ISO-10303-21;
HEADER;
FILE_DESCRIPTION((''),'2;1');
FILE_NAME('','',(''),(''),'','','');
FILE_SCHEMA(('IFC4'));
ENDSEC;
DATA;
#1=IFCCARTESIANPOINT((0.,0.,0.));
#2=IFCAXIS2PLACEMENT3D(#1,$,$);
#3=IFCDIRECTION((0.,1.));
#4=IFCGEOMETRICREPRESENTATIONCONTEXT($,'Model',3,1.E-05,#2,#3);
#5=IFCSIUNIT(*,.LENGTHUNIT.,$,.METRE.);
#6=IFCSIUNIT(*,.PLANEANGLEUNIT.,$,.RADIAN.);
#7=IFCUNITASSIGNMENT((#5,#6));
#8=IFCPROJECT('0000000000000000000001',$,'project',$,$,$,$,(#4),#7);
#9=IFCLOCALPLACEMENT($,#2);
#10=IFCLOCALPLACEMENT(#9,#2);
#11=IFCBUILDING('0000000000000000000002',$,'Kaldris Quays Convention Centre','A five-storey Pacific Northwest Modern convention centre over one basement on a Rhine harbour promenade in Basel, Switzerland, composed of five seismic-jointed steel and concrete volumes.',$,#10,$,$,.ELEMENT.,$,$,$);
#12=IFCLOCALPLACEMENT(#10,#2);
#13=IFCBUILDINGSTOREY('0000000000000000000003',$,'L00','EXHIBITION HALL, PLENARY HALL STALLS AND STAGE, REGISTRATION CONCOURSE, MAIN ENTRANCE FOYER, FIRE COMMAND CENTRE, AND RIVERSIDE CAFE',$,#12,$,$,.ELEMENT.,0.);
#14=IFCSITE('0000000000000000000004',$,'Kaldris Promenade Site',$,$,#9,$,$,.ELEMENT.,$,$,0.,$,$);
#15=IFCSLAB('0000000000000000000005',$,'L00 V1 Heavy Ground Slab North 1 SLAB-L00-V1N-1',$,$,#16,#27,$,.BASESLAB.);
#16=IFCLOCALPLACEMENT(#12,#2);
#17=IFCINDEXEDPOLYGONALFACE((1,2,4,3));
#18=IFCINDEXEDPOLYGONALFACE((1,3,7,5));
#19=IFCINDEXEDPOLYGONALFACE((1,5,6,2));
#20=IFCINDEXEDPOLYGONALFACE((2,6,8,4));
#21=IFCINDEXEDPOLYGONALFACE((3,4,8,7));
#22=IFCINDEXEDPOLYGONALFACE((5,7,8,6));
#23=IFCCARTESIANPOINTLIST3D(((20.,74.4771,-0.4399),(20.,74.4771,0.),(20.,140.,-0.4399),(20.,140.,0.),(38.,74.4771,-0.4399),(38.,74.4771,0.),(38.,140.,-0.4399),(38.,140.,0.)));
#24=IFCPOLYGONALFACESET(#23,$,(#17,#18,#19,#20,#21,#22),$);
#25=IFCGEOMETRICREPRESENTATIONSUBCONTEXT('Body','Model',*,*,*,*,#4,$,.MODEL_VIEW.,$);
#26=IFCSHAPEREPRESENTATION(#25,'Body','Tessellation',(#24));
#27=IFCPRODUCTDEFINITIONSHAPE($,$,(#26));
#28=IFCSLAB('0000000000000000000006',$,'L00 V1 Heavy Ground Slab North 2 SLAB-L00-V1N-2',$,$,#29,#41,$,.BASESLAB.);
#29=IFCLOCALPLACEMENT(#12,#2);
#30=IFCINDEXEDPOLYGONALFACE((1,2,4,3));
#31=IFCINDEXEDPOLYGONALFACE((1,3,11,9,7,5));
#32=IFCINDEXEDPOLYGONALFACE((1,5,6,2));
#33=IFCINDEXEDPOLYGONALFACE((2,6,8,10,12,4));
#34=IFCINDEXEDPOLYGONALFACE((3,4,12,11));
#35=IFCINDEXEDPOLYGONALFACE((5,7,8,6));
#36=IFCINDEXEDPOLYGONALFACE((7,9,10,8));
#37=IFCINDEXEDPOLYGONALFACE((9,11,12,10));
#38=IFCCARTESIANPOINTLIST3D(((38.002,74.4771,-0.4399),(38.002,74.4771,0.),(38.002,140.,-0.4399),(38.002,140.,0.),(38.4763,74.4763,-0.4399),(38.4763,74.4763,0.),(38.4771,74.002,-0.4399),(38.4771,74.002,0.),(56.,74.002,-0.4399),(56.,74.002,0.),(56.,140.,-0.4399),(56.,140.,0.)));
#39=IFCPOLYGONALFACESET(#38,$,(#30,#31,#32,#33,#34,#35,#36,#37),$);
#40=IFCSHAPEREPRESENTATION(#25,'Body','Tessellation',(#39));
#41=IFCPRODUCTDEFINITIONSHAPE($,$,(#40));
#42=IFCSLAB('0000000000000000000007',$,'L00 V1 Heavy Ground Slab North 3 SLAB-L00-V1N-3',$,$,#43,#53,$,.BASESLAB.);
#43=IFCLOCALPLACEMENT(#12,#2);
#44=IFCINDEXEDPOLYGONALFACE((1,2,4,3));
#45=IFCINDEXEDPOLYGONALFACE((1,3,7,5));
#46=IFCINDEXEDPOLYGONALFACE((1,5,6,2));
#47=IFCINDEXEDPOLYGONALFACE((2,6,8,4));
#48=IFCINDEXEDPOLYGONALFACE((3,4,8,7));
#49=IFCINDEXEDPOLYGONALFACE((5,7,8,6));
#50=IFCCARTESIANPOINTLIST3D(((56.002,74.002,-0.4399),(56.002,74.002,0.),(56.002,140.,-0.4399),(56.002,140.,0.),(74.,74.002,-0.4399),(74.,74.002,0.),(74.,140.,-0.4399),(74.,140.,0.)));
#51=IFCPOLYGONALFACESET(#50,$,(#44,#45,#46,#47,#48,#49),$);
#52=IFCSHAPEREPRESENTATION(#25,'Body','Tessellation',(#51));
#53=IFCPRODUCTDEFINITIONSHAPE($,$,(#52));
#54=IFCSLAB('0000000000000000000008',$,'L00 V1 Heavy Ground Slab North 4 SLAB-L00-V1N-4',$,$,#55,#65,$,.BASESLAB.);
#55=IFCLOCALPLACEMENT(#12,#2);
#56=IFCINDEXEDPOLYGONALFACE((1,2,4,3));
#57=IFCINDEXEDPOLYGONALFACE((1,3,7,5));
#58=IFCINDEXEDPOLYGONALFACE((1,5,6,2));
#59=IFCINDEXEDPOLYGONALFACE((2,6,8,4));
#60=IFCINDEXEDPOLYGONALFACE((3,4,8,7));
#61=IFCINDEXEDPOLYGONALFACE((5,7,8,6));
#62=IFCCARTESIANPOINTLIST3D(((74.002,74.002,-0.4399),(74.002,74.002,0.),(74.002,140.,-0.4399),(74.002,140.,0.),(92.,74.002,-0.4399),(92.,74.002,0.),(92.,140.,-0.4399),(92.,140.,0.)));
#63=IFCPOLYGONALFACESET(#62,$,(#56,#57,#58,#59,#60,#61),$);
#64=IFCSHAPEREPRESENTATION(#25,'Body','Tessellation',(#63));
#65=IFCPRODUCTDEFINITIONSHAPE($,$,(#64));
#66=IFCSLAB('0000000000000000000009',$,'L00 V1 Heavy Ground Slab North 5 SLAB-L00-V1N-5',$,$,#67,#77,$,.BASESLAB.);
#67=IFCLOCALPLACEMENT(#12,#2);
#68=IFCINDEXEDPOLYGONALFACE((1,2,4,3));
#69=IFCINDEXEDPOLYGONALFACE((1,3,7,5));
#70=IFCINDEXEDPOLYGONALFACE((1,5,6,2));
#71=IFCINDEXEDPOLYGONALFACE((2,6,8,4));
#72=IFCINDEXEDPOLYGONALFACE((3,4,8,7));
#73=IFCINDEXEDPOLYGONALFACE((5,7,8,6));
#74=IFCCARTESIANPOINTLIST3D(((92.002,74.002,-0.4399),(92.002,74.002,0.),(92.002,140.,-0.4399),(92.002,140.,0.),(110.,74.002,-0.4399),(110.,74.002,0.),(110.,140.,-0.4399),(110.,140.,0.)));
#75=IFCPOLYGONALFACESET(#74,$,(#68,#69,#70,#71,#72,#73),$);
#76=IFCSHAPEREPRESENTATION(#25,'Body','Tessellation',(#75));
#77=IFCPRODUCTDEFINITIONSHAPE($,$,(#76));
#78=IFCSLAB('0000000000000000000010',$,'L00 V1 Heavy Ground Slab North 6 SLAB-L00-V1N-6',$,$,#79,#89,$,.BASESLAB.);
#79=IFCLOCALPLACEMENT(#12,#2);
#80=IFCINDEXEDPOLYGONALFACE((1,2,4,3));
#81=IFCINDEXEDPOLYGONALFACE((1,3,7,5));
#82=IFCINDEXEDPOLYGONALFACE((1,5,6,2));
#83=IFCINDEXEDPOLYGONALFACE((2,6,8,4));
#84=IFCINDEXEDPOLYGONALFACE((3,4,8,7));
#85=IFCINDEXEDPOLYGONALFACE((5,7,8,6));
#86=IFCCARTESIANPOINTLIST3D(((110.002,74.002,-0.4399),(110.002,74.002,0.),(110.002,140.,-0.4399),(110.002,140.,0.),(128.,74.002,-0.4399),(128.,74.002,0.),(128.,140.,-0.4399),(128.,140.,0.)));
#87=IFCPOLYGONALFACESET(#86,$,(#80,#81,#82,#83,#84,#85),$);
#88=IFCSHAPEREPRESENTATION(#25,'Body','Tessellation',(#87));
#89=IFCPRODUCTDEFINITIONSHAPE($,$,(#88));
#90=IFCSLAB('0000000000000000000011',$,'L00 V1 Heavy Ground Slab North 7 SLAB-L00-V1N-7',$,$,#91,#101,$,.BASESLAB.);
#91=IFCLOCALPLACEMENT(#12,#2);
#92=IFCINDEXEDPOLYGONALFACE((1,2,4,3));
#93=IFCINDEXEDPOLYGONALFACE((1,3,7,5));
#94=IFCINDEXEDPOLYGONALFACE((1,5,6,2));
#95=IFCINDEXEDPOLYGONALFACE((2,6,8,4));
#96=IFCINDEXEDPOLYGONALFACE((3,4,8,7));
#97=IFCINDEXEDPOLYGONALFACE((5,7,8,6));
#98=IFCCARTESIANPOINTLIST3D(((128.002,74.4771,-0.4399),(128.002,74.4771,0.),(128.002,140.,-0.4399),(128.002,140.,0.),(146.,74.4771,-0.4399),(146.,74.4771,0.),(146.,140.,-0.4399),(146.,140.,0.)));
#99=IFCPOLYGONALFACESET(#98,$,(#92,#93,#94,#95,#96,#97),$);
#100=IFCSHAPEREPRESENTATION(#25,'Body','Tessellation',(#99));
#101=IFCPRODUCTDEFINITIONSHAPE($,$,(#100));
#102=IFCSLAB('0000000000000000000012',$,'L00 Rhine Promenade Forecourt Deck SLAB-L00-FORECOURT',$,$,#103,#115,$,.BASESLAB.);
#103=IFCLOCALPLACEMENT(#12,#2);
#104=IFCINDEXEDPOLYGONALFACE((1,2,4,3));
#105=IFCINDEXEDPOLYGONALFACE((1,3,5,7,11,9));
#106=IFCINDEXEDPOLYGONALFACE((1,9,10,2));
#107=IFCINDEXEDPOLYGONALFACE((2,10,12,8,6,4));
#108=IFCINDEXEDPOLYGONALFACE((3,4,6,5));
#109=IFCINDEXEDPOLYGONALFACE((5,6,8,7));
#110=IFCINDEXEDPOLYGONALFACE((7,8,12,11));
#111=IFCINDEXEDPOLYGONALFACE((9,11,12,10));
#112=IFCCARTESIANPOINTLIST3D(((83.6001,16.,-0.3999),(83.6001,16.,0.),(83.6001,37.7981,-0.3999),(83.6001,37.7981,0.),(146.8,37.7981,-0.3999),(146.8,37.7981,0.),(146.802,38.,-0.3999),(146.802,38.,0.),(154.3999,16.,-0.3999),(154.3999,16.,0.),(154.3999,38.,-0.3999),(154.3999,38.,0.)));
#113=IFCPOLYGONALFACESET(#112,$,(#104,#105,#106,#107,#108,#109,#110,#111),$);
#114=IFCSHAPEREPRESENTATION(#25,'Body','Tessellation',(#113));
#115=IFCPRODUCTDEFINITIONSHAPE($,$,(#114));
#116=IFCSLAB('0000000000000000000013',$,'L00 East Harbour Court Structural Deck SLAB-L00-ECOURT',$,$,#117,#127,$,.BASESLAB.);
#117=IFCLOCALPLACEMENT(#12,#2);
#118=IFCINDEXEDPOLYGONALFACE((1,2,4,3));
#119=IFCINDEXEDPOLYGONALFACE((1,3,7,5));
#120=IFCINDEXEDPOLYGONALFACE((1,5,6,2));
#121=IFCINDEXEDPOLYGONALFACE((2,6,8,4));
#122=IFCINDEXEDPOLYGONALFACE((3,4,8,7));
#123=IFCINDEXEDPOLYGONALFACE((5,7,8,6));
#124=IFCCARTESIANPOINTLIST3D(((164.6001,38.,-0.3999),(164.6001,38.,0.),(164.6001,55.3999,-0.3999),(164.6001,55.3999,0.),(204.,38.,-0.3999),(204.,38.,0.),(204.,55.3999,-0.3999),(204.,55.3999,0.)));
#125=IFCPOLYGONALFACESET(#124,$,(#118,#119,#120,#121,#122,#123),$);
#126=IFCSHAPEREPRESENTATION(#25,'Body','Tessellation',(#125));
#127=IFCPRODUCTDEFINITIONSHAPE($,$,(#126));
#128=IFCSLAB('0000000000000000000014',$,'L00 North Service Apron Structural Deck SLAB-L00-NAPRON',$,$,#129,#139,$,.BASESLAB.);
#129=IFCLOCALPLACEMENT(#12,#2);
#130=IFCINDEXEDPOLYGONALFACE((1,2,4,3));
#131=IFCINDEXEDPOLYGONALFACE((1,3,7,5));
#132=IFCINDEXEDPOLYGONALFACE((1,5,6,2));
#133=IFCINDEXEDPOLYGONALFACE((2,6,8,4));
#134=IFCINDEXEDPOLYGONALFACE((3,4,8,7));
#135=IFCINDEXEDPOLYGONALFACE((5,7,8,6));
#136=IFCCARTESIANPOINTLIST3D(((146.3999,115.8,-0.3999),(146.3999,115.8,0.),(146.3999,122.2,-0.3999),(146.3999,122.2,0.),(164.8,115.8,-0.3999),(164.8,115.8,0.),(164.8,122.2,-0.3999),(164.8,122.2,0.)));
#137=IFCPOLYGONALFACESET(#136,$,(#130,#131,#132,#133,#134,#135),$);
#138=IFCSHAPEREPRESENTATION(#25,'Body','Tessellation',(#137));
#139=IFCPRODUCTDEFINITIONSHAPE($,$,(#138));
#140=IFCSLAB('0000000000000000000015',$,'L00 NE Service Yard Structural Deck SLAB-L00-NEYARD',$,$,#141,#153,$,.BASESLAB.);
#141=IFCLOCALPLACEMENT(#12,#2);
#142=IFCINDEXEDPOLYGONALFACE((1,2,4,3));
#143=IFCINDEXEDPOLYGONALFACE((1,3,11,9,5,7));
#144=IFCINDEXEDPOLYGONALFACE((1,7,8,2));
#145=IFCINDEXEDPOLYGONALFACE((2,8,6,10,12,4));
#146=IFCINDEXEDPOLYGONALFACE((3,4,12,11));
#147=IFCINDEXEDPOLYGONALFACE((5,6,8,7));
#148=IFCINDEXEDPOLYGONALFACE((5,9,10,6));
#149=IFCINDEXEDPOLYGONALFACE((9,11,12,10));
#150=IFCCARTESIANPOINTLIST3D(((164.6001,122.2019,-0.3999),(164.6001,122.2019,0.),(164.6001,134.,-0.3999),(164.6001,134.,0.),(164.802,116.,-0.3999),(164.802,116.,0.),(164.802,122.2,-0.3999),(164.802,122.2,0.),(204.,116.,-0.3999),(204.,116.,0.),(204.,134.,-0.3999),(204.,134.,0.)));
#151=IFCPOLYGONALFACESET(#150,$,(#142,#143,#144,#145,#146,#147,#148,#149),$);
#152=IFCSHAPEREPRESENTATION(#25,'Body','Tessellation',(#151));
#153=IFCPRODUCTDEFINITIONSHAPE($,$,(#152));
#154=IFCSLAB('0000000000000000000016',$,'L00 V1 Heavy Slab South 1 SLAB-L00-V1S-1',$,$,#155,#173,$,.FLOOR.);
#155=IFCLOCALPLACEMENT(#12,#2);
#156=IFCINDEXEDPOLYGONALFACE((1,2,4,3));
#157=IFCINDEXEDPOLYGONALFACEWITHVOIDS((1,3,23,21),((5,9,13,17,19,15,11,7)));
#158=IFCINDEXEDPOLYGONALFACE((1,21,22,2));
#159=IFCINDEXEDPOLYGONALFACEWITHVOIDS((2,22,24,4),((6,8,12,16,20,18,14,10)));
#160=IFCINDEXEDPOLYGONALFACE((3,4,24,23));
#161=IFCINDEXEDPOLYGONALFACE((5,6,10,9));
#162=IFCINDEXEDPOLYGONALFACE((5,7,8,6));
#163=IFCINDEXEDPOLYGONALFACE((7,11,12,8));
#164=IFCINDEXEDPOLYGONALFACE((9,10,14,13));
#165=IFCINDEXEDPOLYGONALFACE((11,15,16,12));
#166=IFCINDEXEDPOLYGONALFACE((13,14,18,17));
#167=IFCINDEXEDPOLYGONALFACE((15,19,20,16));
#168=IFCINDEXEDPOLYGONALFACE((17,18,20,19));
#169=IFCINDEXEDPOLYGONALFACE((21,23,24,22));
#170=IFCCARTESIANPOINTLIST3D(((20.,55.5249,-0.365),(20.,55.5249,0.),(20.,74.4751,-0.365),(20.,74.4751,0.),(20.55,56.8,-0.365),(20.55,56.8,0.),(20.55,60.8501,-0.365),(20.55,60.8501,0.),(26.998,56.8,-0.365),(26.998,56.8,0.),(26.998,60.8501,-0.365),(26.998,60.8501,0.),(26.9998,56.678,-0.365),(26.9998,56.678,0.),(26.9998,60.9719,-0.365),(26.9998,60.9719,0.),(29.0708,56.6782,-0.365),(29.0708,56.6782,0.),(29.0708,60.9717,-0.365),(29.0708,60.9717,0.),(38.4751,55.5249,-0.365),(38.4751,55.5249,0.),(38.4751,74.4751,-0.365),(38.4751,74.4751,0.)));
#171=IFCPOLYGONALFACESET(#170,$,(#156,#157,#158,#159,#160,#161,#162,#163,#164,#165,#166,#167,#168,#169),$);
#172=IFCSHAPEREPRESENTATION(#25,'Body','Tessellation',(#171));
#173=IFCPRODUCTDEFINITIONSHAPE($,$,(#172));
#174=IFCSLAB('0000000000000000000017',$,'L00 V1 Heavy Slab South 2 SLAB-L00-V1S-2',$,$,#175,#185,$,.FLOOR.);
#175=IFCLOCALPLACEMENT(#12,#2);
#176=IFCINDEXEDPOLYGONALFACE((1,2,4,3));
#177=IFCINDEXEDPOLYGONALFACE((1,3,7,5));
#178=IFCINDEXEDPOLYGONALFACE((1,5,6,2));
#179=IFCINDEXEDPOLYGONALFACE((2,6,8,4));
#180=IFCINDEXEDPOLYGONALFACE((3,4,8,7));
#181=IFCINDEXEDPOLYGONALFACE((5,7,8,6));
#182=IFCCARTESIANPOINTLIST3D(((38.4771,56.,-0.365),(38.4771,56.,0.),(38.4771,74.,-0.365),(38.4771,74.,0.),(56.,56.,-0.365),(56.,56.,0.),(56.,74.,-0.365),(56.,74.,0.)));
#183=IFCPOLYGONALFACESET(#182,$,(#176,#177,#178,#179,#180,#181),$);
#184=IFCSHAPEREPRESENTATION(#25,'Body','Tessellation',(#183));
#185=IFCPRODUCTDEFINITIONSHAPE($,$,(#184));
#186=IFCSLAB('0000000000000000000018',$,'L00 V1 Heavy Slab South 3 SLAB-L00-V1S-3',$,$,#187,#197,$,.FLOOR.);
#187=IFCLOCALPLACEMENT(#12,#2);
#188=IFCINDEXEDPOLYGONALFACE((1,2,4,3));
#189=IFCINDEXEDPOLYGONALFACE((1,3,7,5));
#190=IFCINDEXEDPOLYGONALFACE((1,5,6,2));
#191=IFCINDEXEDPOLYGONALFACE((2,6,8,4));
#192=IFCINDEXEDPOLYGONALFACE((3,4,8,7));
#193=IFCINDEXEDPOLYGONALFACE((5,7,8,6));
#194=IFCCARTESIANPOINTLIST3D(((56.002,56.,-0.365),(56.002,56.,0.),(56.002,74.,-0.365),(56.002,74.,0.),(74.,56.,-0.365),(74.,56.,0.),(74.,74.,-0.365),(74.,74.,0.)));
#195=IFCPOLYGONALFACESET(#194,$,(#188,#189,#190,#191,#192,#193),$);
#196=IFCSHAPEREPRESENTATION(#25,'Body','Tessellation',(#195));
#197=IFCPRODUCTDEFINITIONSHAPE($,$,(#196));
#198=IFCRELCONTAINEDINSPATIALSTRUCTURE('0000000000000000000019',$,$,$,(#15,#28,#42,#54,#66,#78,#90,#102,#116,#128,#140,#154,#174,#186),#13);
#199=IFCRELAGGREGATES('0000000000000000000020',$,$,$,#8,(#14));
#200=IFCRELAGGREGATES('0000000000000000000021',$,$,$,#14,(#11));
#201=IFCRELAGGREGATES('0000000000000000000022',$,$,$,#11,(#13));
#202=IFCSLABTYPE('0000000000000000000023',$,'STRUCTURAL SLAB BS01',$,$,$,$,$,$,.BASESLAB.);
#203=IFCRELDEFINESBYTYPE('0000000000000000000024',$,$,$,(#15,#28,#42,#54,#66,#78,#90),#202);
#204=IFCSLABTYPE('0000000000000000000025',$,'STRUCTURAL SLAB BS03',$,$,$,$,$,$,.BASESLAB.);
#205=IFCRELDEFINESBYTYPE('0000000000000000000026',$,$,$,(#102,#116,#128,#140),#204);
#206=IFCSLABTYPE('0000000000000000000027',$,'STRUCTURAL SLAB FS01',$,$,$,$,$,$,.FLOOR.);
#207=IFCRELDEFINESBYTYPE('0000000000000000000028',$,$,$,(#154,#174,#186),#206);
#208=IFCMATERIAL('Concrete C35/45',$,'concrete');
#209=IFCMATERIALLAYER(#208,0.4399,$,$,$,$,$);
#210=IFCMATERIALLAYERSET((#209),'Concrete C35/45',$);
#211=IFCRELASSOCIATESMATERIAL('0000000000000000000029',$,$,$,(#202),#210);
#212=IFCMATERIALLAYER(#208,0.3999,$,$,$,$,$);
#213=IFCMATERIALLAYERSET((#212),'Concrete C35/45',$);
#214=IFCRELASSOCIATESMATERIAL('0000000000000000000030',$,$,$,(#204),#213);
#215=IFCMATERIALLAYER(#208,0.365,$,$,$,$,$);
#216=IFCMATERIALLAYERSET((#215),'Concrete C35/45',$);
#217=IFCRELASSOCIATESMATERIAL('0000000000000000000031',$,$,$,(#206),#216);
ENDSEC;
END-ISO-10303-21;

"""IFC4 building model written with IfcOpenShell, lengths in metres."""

from ifc_helpers import new_model, si_unit, direction, frame, origin, place, context, subcontext, project, spatial, polyline, outline, extrude, material, layer, layer_set, type_object, element, save


model = new_model("IFC4")

# Units and contexts
model_context = context("Model", 3, precision=1e-05, world=origin(), true_north=direction((0.0, 1.0)))
body_context = subcontext(model_context, "Body", "Model", "MODEL_VIEW")
ifc_project = project(units=[si_unit("LENGTHUNIT", "METRE"), si_unit("PLANEANGLEUNIT", "RADIAN")], contexts=[model_context])

# Site, building, storey
site_placement = place(None, origin())
site = spatial("IfcSite", under=ifc_project, at=site_placement, Name="Kaldris Promenade Site", CompositionType="ELEMENT", RefElevation=0.0)
building_placement = place(site_placement, origin())
building = spatial("IfcBuilding", under=site, at=building_placement, Name="Kaldris Quays Convention Centre", Description="A five-storey Pacific Northwest Modern convention centre over one basement on a Rhine harbour promenade in Basel, Switzerland, composed of five seismic-jointed steel and concrete volumes.", CompositionType="ELEMENT")
storey_placement = place(building_placement, origin())
storey = spatial("IfcBuildingStorey", under=building, at=storey_placement, Name="L00", Description="EXHIBITION HALL, PLENARY HALL STALLS AND STAGE, REGISTRATION CONCOURSE, MAIN ENTRANCE FOYER, FIRE COMMAND CENTRE, AND RIVERSIDE CAFE", CompositionType="ELEMENT", Elevation=0.0)

# Slabs
ifc_material = material(Name="Concrete C35/45", Category="concrete")
ifc_layer_1 = layer(ifc_material, 0.4399)
ifc_layer_set_1 = layer_set([ifc_layer_1], Name="Concrete C35/45")
slab_type_1 = type_object("IfcSlabType", Name="STRUCTURAL SLAB BS01", PredefinedType="BASESLAB", material=ifc_layer_set_1)
slab_1_placement = place(storey_placement, frame((0.0, 0.0, -0.4399)))
element("IfcSlab", 1, at=slab_1_placement, inside=storey, type_object=slab_type_1, Name="L00 V1 Heavy Ground Slab North 1 SLAB-L00-V1N-1", PredefinedType="BASESLAB", context=body_context, shape_type="SweptSolid", body=[
    extrude(outline(polyline([(20.0, 140.0), (38.0, 140.0), (38.0, 74.4771), (20.0, 74.4771), (20.0, 140.0)])), origin(), (0.0, 0.0, 1.0), 0.4399),
])
slab_2_placement = place(storey_placement, frame((0.0, 0.0, -0.4399)))
element("IfcSlab", 2, at=slab_2_placement, inside=storey, type_object=slab_type_1, Name="L00 V1 Heavy Ground Slab North 2 SLAB-L00-V1N-2", PredefinedType="BASESLAB", context=body_context, shape_type="SweptSolid", body=[
    extrude(outline(polyline([(56.0, 140.0), (56.0, 74.002), (38.4771, 74.002), (38.4763, 74.4763), (38.002, 74.4771), (38.002, 140.0), (56.0, 140.0)])), origin(), (0.0, 0.0, 1.0), 0.4399),
])
slab_3_placement = place(storey_placement, frame((0.0, 0.0, -0.4399)))
element("IfcSlab", 3, at=slab_3_placement, inside=storey, type_object=slab_type_1, Name="L00 V1 Heavy Ground Slab North 3 SLAB-L00-V1N-3", PredefinedType="BASESLAB", context=body_context, shape_type="SweptSolid", body=[
    extrude(outline(polyline([(74.0, 140.0), (74.0, 74.002), (56.002, 74.002), (56.002, 140.0), (74.0, 140.0)])), origin(), (0.0, 0.0, 1.0), 0.4399),
])
slab_4_placement = place(storey_placement, frame((0.0, 0.0, -0.4399)))
element("IfcSlab", 4, at=slab_4_placement, inside=storey, type_object=slab_type_1, Name="L00 V1 Heavy Ground Slab North 4 SLAB-L00-V1N-4", PredefinedType="BASESLAB", context=body_context, shape_type="SweptSolid", body=[
    extrude(outline(polyline([(92.0, 140.0), (92.0, 74.002), (74.002, 74.002), (74.002, 140.0), (92.0, 140.0)])), origin(), (0.0, 0.0, 1.0), 0.4399),
])
slab_5_placement = place(storey_placement, frame((0.0, 0.0, -0.4399)))
element("IfcSlab", 5, at=slab_5_placement, inside=storey, type_object=slab_type_1, Name="L00 V1 Heavy Ground Slab North 5 SLAB-L00-V1N-5", PredefinedType="BASESLAB", context=body_context, shape_type="SweptSolid", body=[
    extrude(outline(polyline([(110.0, 140.0), (110.0, 74.002), (92.002, 74.002), (92.002, 140.0), (110.0, 140.0)])), origin(), (0.0, 0.0, 1.0), 0.4399),
])
slab_6_placement = place(storey_placement, frame((0.0, 0.0, -0.4399)))
element("IfcSlab", 6, at=slab_6_placement, inside=storey, type_object=slab_type_1, Name="L00 V1 Heavy Ground Slab North 6 SLAB-L00-V1N-6", PredefinedType="BASESLAB", context=body_context, shape_type="SweptSolid", body=[
    extrude(outline(polyline([(128.0, 140.0), (128.0, 74.002), (110.002, 74.002), (110.002, 140.0), (128.0, 140.0)])), origin(), (0.0, 0.0, 1.0), 0.4399),
])
slab_7_placement = place(storey_placement, frame((0.0, 0.0, -0.4399)))
element("IfcSlab", 7, at=slab_7_placement, inside=storey, type_object=slab_type_1, Name="L00 V1 Heavy Ground Slab North 7 SLAB-L00-V1N-7", PredefinedType="BASESLAB", context=body_context, shape_type="SweptSolid", body=[
    extrude(outline(polyline([(146.0, 140.0), (146.0, 74.4771), (128.002, 74.4771), (128.002, 140.0), (146.0, 140.0)])), origin(), (0.0, 0.0, 1.0), 0.4399),
])
ifc_layer_2 = layer(ifc_material, 0.3999)
ifc_layer_set_2 = layer_set([ifc_layer_2], Name="Concrete C35/45")
slab_type_2 = type_object("IfcSlabType", Name="STRUCTURAL SLAB BS03", PredefinedType="BASESLAB", material=ifc_layer_set_2)
slab_8_placement = place(storey_placement, frame((0.0, 0.0, -0.3999)))
element("IfcSlab", 8, at=slab_8_placement, inside=storey, type_object=slab_type_2, Name="L00 Rhine Promenade Forecourt Deck SLAB-L00-FORECOURT", PredefinedType="BASESLAB", context=body_context, shape_type="SweptSolid", body=[
    extrude(outline(polyline([(154.3999, 38.0), (154.3999, 16.0), (83.6001, 16.0), (83.6001, 37.7981), (146.8, 37.7981), (146.802, 38.0), (154.3999, 38.0)])), origin(), (0.0, 0.0, 1.0), 0.3999),
])
slab_9_placement = place(storey_placement, frame((0.0, 0.0, -0.3999)))
element("IfcSlab", 9, at=slab_9_placement, inside=storey, type_object=slab_type_2, Name="L00 East Harbour Court Structural Deck SLAB-L00-ECOURT", PredefinedType="BASESLAB", context=body_context, shape_type="SweptSolid", body=[
    extrude(outline(polyline([(164.6001, 38.0), (164.6001, 55.3999), (204.0, 55.3999), (204.0, 38.0), (164.6001, 38.0)])), origin(), (0.0, 0.0, 1.0), 0.3999),
])
slab_10_placement = place(storey_placement, frame((0.0, 0.0, -0.3999)))
element("IfcSlab", 10, at=slab_10_placement, inside=storey, type_object=slab_type_2, Name="L00 North Service Apron Structural Deck SLAB-L00-NAPRON", PredefinedType="BASESLAB", context=body_context, shape_type="SweptSolid", body=[
    extrude(outline(polyline([(146.3999, 115.8), (146.3999, 122.2), (164.8, 122.2), (164.8, 115.8), (146.3999, 115.8)])), origin(), (0.0, 0.0, 1.0), 0.3999),
])
slab_11_placement = place(storey_placement, frame((0.0, 0.0, -0.3999)))
element("IfcSlab", 11, at=slab_11_placement, inside=storey, type_object=slab_type_2, Name="L00 NE Service Yard Structural Deck SLAB-L00-NEYARD", PredefinedType="BASESLAB", context=body_context, shape_type="SweptSolid", body=[
    extrude(outline(polyline([(164.6001, 134.0), (204.0, 134.0), (204.0, 116.0), (164.802, 116.0), (164.802, 122.2), (164.6001, 122.2019), (164.6001, 134.0)])), origin(), (0.0, 0.0, 1.0), 0.3999),
])
ifc_layer_3 = layer(ifc_material, 0.365)
ifc_layer_set_3 = layer_set([ifc_layer_3], Name="Concrete C35/45")
slab_type_3 = type_object("IfcSlabType", Name="STRUCTURAL SLAB FS01", PredefinedType="FLOOR", material=ifc_layer_set_3)
slab_12_placement = place(storey_placement, frame((0.0, 0.0, -0.365)))
element("IfcSlab", 12, at=slab_12_placement, inside=storey, type_object=slab_type_3, Name="L00 V1 Heavy Slab South 1 SLAB-L00-V1S-1", PredefinedType="FLOOR", context=body_context, shape_type="SweptSolid", body=[
    extrude(outline(polyline([(20.0, 55.5249), (20.0, 74.4751), (38.4751, 74.4751), (38.4751, 55.5249), (20.0, 55.5249)]), holes=[polyline([(29.0708, 60.9717), (26.9998, 60.9719), (26.998, 60.8501), (20.55, 60.8501), (20.55, 56.8), (26.998, 56.8), (26.9998, 56.678), (29.0708, 56.6782), (29.0708, 60.9717)])]), origin(), (0.0, 0.0, 1.0), 0.365),
])
slab_13_placement = place(storey_placement, frame((0.0, 0.0, -0.365)))
element("IfcSlab", 13, at=slab_13_placement, inside=storey, type_object=slab_type_3, Name="L00 V1 Heavy Slab South 2 SLAB-L00-V1S-2", PredefinedType="FLOOR", context=body_context, shape_type="SweptSolid", body=[
    extrude(outline(polyline([(56.0, 74.0), (56.0, 56.0), (38.4771, 56.0), (38.4771, 74.0), (56.0, 74.0)])), origin(), (0.0, 0.0, 1.0), 0.365),
])
slab_14_placement = place(storey_placement, frame((0.0, 0.0, -0.365)))
element("IfcSlab", 14, at=slab_14_placement, inside=storey, type_object=slab_type_3, Name="L00 V1 Heavy Slab South 3 SLAB-L00-V1S-3", PredefinedType="FLOOR", context=body_context, shape_type="SweptSolid", body=[
    extrude(outline(polyline([(74.0, 74.0), (74.0, 56.0), (56.002, 56.0), (56.002, 74.0), (74.0, 74.0)])), origin(), (0.0, 0.0, 1.0), 0.365),
])

save(model, "model.ifc")
